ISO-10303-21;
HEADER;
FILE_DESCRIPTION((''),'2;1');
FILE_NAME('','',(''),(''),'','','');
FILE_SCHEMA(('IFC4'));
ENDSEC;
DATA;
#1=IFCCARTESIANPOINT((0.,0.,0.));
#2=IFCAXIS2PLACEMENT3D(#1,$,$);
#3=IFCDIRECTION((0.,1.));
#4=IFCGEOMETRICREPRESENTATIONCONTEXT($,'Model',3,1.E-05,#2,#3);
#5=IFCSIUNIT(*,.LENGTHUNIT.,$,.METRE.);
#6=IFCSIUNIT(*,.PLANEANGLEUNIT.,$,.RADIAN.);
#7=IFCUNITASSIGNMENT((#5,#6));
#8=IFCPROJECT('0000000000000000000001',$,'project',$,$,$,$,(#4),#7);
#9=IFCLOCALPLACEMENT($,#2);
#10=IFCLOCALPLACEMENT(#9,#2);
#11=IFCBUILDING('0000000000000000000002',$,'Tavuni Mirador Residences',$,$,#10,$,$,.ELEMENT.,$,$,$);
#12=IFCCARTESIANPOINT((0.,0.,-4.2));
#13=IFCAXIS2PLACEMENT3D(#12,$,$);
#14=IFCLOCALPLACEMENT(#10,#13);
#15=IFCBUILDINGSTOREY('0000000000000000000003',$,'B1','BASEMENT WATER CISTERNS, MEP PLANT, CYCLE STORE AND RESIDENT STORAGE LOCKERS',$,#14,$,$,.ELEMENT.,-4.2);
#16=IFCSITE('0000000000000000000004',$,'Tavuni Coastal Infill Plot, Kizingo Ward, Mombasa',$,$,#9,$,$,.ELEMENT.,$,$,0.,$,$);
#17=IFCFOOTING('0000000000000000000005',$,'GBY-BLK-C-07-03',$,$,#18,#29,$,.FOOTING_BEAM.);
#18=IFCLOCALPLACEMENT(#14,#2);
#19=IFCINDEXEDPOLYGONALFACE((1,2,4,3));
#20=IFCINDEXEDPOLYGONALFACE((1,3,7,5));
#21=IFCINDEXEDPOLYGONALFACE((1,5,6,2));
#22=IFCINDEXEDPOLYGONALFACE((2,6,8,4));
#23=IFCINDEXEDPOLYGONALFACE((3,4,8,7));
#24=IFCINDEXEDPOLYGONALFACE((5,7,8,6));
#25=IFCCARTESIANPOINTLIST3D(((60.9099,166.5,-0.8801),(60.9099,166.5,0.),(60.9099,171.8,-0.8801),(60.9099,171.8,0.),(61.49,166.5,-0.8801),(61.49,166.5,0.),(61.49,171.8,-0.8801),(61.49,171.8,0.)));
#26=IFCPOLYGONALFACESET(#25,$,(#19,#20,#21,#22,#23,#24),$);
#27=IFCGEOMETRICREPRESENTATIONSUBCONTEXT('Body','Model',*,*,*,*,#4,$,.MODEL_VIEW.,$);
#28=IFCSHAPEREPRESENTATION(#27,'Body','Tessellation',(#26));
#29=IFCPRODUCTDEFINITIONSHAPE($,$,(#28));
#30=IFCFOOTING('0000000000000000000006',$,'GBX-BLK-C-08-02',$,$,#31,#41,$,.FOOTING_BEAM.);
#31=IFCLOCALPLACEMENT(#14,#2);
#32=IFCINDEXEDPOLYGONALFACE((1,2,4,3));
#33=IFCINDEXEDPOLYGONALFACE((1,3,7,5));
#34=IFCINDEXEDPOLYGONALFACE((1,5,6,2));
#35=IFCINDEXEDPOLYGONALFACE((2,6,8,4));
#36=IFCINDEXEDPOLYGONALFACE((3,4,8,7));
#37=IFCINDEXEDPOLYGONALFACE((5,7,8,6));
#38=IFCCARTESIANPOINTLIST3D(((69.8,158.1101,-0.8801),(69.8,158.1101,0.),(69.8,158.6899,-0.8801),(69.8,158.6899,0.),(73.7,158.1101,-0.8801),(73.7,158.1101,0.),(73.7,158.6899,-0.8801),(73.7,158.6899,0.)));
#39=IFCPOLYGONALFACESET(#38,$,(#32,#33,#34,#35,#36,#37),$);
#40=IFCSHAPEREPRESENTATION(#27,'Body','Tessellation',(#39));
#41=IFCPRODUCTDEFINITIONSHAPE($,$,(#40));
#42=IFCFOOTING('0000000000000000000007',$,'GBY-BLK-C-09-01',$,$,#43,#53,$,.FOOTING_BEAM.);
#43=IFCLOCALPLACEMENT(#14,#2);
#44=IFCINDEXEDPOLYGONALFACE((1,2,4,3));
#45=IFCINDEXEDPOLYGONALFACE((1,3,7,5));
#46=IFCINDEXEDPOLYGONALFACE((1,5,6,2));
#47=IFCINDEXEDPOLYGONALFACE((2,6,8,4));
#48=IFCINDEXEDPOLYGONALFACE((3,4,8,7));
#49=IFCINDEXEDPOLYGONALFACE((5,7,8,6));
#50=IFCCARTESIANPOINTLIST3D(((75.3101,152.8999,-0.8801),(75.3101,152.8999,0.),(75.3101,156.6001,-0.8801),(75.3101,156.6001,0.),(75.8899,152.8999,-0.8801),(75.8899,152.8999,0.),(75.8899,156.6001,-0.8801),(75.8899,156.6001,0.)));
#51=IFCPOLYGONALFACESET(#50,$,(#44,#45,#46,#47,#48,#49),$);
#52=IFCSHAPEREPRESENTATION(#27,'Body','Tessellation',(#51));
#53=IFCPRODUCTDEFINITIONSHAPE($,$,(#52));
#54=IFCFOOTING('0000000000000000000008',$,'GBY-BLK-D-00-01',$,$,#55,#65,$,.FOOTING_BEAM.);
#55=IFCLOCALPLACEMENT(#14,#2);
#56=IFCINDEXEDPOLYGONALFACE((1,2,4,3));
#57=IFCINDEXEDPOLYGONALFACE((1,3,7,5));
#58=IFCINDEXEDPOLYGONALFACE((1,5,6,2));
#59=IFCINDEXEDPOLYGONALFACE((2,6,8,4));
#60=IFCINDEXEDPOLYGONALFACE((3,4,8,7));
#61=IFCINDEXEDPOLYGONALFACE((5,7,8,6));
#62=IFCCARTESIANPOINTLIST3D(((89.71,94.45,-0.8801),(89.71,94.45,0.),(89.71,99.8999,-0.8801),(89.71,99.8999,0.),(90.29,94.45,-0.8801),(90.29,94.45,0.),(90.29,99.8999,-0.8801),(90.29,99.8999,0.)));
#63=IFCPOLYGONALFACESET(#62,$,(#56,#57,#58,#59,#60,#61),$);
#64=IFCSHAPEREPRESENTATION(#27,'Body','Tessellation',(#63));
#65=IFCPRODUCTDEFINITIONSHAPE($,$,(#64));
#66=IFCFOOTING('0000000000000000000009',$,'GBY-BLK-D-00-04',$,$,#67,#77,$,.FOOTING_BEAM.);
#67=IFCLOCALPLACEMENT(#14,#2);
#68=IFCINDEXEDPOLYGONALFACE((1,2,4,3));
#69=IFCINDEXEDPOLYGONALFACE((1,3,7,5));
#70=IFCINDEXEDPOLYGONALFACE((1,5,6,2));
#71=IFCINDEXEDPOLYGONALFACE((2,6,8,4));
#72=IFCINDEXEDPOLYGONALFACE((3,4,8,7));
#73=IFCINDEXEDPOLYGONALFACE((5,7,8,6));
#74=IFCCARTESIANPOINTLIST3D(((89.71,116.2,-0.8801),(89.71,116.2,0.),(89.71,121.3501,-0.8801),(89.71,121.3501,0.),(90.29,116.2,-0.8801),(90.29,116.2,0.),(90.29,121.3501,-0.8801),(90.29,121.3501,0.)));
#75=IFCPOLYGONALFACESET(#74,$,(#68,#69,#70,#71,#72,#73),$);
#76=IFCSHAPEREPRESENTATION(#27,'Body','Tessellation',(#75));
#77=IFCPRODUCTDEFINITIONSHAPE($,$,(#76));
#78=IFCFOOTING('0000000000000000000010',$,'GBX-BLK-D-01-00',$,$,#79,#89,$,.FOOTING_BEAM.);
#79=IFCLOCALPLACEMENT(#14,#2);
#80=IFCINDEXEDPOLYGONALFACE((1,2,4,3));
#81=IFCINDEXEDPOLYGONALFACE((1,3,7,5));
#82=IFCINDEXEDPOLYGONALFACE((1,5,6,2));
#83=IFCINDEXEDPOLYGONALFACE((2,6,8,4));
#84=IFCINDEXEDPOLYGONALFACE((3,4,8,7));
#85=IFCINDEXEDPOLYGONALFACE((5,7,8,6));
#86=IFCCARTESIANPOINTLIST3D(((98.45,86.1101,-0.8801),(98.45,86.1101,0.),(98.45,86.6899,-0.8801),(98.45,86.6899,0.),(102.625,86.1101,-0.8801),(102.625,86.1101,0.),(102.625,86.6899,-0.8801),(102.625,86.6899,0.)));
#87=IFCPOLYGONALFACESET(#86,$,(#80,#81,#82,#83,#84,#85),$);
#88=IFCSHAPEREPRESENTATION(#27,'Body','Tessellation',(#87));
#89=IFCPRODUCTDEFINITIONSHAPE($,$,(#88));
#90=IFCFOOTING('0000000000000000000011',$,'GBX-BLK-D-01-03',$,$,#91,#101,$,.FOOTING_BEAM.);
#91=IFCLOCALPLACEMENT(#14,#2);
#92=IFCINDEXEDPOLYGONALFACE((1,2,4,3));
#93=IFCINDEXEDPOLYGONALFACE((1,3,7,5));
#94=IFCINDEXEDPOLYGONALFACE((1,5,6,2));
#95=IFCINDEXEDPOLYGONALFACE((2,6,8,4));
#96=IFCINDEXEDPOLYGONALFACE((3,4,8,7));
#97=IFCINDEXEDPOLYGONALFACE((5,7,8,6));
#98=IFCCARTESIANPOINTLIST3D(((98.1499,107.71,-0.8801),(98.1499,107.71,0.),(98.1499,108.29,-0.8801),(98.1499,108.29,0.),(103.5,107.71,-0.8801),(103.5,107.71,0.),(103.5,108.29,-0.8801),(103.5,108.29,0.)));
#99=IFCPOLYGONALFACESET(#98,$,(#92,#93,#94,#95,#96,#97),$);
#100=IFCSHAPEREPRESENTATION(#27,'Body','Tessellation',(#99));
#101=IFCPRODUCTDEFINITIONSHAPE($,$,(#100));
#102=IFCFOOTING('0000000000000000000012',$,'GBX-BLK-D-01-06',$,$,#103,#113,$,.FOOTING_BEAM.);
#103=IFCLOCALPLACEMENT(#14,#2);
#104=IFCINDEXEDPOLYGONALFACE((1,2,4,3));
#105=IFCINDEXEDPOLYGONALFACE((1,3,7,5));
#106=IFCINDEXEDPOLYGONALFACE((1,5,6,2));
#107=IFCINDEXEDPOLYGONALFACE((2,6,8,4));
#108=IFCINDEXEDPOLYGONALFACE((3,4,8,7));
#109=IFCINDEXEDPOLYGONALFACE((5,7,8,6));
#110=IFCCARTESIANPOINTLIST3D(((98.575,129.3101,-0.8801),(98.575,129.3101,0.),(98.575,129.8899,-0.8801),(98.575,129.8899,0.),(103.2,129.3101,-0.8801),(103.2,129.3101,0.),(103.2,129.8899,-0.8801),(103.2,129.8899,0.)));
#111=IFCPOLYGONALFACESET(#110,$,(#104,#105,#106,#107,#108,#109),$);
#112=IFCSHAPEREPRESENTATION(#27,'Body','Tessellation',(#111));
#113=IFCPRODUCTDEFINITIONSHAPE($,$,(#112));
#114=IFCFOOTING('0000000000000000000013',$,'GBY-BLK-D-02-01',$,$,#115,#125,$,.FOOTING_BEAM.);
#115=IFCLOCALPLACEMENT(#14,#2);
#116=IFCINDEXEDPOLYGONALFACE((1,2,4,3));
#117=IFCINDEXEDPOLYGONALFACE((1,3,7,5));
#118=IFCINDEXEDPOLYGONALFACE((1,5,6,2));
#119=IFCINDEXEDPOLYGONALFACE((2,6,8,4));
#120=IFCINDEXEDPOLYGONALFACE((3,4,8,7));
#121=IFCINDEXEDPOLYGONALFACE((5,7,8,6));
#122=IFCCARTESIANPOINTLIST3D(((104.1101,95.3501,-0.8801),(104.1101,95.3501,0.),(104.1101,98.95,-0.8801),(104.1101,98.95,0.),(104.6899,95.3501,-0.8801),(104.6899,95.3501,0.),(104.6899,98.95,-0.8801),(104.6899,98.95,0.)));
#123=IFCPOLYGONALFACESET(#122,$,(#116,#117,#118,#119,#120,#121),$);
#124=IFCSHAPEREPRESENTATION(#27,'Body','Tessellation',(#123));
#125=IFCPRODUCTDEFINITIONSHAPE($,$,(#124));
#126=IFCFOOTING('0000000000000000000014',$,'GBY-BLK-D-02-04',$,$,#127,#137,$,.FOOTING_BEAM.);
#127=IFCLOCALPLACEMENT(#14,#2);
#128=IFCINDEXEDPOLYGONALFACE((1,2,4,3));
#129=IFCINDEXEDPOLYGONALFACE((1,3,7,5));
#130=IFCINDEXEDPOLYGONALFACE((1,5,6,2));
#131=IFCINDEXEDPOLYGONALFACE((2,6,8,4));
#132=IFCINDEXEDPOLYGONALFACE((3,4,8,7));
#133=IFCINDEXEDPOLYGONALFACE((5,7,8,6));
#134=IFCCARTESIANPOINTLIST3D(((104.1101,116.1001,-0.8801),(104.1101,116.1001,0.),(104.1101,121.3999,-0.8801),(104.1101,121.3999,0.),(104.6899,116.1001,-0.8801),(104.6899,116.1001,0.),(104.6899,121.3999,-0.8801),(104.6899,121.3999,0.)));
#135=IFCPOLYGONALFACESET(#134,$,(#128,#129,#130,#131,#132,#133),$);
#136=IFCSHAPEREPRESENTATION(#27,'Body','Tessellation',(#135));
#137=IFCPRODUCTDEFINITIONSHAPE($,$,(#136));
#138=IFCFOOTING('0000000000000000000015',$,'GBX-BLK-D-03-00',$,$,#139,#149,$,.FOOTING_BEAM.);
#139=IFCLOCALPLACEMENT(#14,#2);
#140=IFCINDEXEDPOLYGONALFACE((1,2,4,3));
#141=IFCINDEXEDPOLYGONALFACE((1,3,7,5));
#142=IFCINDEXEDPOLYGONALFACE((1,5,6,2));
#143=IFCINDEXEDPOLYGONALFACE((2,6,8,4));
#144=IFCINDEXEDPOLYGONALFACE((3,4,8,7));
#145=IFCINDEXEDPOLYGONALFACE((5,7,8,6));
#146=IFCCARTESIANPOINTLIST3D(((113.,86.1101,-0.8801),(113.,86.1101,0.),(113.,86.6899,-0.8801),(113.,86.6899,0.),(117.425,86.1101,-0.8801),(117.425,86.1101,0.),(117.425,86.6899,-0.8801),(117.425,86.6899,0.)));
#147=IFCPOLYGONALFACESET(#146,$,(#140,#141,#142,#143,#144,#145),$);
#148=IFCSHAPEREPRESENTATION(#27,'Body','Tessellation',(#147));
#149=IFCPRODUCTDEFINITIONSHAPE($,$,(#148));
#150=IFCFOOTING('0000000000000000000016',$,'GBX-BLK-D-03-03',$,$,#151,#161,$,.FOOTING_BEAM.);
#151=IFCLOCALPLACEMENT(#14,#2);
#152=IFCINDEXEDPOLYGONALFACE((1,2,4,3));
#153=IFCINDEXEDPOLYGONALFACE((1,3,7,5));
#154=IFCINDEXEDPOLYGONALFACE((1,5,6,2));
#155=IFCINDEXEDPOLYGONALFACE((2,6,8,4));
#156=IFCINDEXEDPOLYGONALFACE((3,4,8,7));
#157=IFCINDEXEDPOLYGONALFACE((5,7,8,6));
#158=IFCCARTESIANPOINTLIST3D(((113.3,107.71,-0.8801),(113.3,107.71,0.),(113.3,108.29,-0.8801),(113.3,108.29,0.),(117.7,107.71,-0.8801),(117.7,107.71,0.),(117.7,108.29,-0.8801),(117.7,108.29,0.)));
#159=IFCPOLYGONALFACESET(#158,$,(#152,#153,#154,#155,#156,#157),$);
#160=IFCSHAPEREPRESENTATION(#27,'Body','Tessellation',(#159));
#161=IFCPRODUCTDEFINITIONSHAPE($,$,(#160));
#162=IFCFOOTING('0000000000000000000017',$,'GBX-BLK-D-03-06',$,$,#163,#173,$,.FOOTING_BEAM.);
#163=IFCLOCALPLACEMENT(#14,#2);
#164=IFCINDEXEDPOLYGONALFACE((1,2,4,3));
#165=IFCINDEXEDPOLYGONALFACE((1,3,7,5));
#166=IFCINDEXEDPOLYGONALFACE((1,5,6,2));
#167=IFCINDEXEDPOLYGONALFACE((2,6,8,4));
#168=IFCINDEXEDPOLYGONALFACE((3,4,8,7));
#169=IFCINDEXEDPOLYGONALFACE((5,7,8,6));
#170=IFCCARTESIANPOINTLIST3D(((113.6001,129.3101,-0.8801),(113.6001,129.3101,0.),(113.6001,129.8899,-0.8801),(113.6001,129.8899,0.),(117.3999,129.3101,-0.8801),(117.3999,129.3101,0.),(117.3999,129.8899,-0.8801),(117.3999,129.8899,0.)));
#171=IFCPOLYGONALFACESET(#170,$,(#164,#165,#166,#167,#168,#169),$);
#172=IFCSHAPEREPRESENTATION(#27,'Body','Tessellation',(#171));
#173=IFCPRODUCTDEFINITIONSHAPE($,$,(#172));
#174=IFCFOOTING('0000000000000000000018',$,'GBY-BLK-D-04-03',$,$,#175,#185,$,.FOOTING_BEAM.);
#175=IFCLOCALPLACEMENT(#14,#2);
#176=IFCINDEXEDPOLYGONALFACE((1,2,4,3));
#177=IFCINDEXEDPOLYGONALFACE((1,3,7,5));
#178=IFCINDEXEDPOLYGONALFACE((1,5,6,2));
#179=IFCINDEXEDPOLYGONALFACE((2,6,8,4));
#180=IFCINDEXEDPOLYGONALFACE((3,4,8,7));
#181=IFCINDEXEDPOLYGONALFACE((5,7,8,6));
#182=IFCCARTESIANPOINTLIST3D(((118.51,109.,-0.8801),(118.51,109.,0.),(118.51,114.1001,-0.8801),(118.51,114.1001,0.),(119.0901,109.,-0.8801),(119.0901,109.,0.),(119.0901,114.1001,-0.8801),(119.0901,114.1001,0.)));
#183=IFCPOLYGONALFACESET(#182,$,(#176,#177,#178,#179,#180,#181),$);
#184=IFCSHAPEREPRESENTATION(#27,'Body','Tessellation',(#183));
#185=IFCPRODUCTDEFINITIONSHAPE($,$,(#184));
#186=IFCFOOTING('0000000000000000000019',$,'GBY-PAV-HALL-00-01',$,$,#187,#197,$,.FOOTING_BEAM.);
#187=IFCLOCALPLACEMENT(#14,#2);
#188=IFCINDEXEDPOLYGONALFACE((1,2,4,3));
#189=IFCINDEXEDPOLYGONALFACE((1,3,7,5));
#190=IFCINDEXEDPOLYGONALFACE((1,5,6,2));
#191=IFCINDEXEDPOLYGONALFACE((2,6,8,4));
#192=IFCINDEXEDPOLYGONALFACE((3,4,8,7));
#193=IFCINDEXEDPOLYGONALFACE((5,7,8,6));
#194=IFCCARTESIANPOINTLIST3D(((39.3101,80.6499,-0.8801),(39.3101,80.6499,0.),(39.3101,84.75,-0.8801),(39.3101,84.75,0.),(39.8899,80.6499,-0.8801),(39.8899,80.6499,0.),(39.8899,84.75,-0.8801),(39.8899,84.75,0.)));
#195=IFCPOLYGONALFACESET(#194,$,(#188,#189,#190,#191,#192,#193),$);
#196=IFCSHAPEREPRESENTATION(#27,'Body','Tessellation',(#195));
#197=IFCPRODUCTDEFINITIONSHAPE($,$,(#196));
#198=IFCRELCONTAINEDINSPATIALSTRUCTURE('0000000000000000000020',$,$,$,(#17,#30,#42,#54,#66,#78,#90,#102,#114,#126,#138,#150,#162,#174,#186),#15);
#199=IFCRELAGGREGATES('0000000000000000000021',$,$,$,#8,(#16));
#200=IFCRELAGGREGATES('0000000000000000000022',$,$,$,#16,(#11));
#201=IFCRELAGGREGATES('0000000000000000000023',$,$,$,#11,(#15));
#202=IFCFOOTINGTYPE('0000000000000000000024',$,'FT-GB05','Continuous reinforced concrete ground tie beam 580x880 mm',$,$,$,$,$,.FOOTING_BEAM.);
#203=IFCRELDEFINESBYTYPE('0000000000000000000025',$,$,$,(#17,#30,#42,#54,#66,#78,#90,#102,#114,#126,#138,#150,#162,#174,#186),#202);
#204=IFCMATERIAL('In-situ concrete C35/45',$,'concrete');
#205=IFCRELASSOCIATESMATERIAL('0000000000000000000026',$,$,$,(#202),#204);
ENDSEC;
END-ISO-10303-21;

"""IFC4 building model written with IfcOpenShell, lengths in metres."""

from ifc_helpers import new_model, si_unit, direction, frame, origin, place, context, subcontext, project, spatial, polyline, outline, extrude, material, type_object, element, save


model = new_model("IFC4")

# Units and contexts
model_context = context("Model", 3, precision=1e-05, world=origin(), true_north=direction((0.0, 1.0)))
body_context = subcontext(model_context, "Body", "Model", "MODEL_VIEW")
ifc_project = project(units=[si_unit("LENGTHUNIT", "METRE"), si_unit("PLANEANGLEUNIT", "RADIAN")], contexts=[model_context])

# Site, building, storey
site_placement = place(None, origin())
site = spatial("IfcSite", under=ifc_project, at=site_placement, Name="Tavuni Coastal Infill Plot, Kizingo Ward, Mombasa", CompositionType="ELEMENT", RefElevation=0.0)
building_placement = place(site_placement, origin())
building = spatial("IfcBuilding", under=site, at=building_placement, Name="Tavuni Mirador Residences", CompositionType="ELEMENT")
storey_placement = place(building_placement, frame((0.0, 0.0, -4.2)))
storey = spatial("IfcBuildingStorey", under=building, at=storey_placement, Name="B1", Description="BASEMENT WATER CISTERNS, MEP PLANT, CYCLE STORE AND RESIDENT STORAGE LOCKERS", CompositionType="ELEMENT", Elevation=-4.2)

# Footings
ifc_material = material(Name="In-situ concrete C35/45", Category="concrete")
footing_type_1 = type_object("IfcFootingType", Name="FT-GB05", Description="Continuous reinforced concrete ground tie beam 580x880 mm", PredefinedType="FOOTING_BEAM", material=ifc_material)
footing_1_placement = place(storey_placement, frame((0.0, 0.0, -0.8801)))
element("IfcFooting", 1, at=footing_1_placement, inside=storey, type_object=footing_type_1, Name="GBY-BLK-C-07-03", PredefinedType="FOOTING_BEAM", context=body_context, shape_type="SweptSolid", body=[
    extrude(outline(polyline([(60.9099, 166.5), (61.49, 166.5), (61.49, 171.8), (60.9099, 171.8), (60.9099, 166.5)])), origin(), (0.0, 0.0, 1.0), 0.8801),
])
footing_2_placement = place(storey_placement, frame((0.0, 0.0, -0.8801)))
element("IfcFooting", 2, at=footing_2_placement, inside=storey, type_object=footing_type_1, Name="GBX-BLK-C-08-02", PredefinedType="FOOTING_BEAM", context=body_context, shape_type="SweptSolid", body=[
    extrude(outline(polyline([(69.8, 158.1101), (73.7, 158.1101), (73.7, 158.6899), (69.8, 158.6899), (69.8, 158.1101)])), origin(), (0.0, 0.0, 1.0), 0.8801),
])
footing_3_placement = place(storey_placement, frame((0.0, 0.0, -0.8801)))
element("IfcFooting", 3, at=footing_3_placement, inside=storey, type_object=footing_type_1, Name="GBY-BLK-C-09-01", PredefinedType="FOOTING_BEAM", context=body_context, shape_type="SweptSolid", body=[
    extrude(outline(polyline([(75.3101, 152.8999), (75.8899, 152.8999), (75.8899, 156.6001), (75.3101, 156.6001), (75.3101, 152.8999)])), origin(), (0.0, 0.0, 1.0), 0.8801),
])
footing_4_placement = place(storey_placement, frame((0.0, 0.0, -0.8801)))
element("IfcFooting", 4, at=footing_4_placement, inside=storey, type_object=footing_type_1, Name="GBY-BLK-D-00-01", PredefinedType="FOOTING_BEAM", context=body_context, shape_type="SweptSolid", body=[
    extrude(outline(polyline([(89.71, 94.45), (90.29, 94.45), (90.29, 99.8999), (89.71, 99.8999), (89.71, 94.45)])), origin(), (0.0, 0.0, 1.0), 0.8801),
])
footing_5_placement = place(storey_placement, frame((0.0, 0.0, -0.8801)))
element("IfcFooting", 5, at=footing_5_placement, inside=storey, type_object=footing_type_1, Name="GBY-BLK-D-00-04", PredefinedType="FOOTING_BEAM", context=body_context, shape_type="SweptSolid", body=[
    extrude(outline(polyline([(89.71, 116.2), (90.29, 116.2), (90.29, 121.3501), (89.71, 121.3501), (89.71, 116.2)])), origin(), (0.0, 0.0, 1.0), 0.8801),
])
footing_6_placement = place(storey_placement, frame((0.0, 0.0, -0.8801)))
element("IfcFooting", 6, at=footing_6_placement, inside=storey, type_object=footing_type_1, Name="GBX-BLK-D-01-00", PredefinedType="FOOTING_BEAM", context=body_context, shape_type="SweptSolid", body=[
    extrude(outline(polyline([(98.45, 86.1101), (102.625, 86.1101), (102.625, 86.6899), (98.45, 86.6899), (98.45, 86.1101)])), origin(), (0.0, 0.0, 1.0), 0.8801),
])
footing_7_placement = place(storey_placement, frame((0.0, 0.0, -0.8801)))
element("IfcFooting", 7, at=footing_7_placement, inside=storey, type_object=footing_type_1, Name="GBX-BLK-D-01-03", PredefinedType="FOOTING_BEAM", context=body_context, shape_type="SweptSolid", body=[
    extrude(outline(polyline([(98.1499, 107.71), (103.5, 107.71), (103.5, 108.29), (98.1499, 108.29), (98.1499, 107.71)])), origin(), (0.0, 0.0, 1.0), 0.8801),
])
footing_8_placement = place(storey_placement, frame((0.0, 0.0, -0.8801)))
element("IfcFooting", 8, at=footing_8_placement, inside=storey, type_object=footing_type_1, Name="GBX-BLK-D-01-06", PredefinedType="FOOTING_BEAM", context=body_context, shape_type="SweptSolid", body=[
    extrude(outline(polyline([(98.575, 129.3101), (103.2, 129.3101), (103.2, 129.8899), (98.575, 129.8899), (98.575, 129.3101)])), origin(), (0.0, 0.0, 1.0), 0.8801),
])
footing_9_placement = place(storey_placement, frame((0.0, 0.0, -0.8801)))
element("IfcFooting", 9, at=footing_9_placement, inside=storey, type_object=footing_type_1, Name="GBY-BLK-D-02-01", PredefinedType="FOOTING_BEAM", context=body_context, shape_type="SweptSolid", body=[
    extrude(outline(polyline([(104.1101, 95.3501), (104.6899, 95.3501), (104.6899, 98.95), (104.1101, 98.95), (104.1101, 95.3501)])), origin(), (0.0, 0.0, 1.0), 0.8801),
])
footing_10_placement = place(storey_placement, frame((0.0, 0.0, -0.8801)))
element("IfcFooting", 10, at=footing_10_placement, inside=storey, type_object=footing_type_1, Name="GBY-BLK-D-02-04", PredefinedType="FOOTING_BEAM", context=body_context, shape_type="SweptSolid", body=[
    extrude(outline(polyline([(104.1101, 116.1001), (104.6899, 116.1001), (104.6899, 121.3999), (104.1101, 121.3999), (104.1101, 116.1001)])), origin(), (0.0, 0.0, 1.0), 0.8801),
])
footing_11_placement = place(storey_placement, frame((0.0, 0.0, -0.8801)))
element("IfcFooting", 11, at=footing_11_placement, inside=storey, type_object=footing_type_1, Name="GBX-BLK-D-03-00", PredefinedType="FOOTING_BEAM", context=body_context, shape_type="SweptSolid", body=[
    extrude(outline(polyline([(113.0, 86.1101), (117.425, 86.1101), (117.425, 86.6899), (113.0, 86.6899), (113.0, 86.1101)])), origin(), (0.0, 0.0, 1.0), 0.8801),
])
footing_12_placement = place(storey_placement, frame((0.0, 0.0, -0.8801)))
element("IfcFooting", 12, at=footing_12_placement, inside=storey, type_object=footing_type_1, Name="GBX-BLK-D-03-03", PredefinedType="FOOTING_BEAM", context=body_context, shape_type="SweptSolid", body=[
    extrude(outline(polyline([(113.3, 107.71), (117.7, 107.71), (117.7, 108.29), (113.3, 108.29), (113.3, 107.71)])), origin(), (0.0, 0.0, 1.0), 0.8801),
])
footing_13_placement = place(storey_placement, frame((0.0, 0.0, -0.8801)))
element("IfcFooting", 13, at=footing_13_placement, inside=storey, type_object=footing_type_1, Name="GBX-BLK-D-03-06", PredefinedType="FOOTING_BEAM", context=body_context, shape_type="SweptSolid", body=[
    extrude(outline(polyline([(113.6001, 129.3101), (117.3999, 129.3101), (117.3999, 129.8899), (113.6001, 129.8899), (113.6001, 129.3101)])), origin(), (0.0, 0.0, 1.0), 0.8801),
])
footing_14_placement = place(storey_placement, frame((0.0, 0.0, -0.8801)))
element("IfcFooting", 14, at=footing_14_placement, inside=storey, type_object=footing_type_1, Name="GBY-BLK-D-04-03", PredefinedType="FOOTING_BEAM", context=body_context, shape_type="SweptSolid", body=[
    extrude(outline(polyline([(118.51, 109.0), (119.0901, 109.0), (119.0901, 114.1001), (118.51, 114.1001), (118.51, 109.0)])), origin(), (0.0, 0.0, 1.0), 0.8801),
])
footing_15_placement = place(storey_placement, frame((0.0, 0.0, -0.8801)))
element("IfcFooting", 15, at=footing_15_placement, inside=storey, type_object=footing_type_1, Name="GBY-PAV-HALL-00-01", PredefinedType="FOOTING_BEAM", context=body_context, shape_type="SweptSolid", body=[
    extrude(outline(polyline([(39.3101, 80.6499), (39.8899, 80.6499), (39.8899, 84.75), (39.3101, 84.75), (39.3101, 80.6499)])), origin(), (0.0, 0.0, 1.0), 0.8801),
])

save(model, "model.ifc")
